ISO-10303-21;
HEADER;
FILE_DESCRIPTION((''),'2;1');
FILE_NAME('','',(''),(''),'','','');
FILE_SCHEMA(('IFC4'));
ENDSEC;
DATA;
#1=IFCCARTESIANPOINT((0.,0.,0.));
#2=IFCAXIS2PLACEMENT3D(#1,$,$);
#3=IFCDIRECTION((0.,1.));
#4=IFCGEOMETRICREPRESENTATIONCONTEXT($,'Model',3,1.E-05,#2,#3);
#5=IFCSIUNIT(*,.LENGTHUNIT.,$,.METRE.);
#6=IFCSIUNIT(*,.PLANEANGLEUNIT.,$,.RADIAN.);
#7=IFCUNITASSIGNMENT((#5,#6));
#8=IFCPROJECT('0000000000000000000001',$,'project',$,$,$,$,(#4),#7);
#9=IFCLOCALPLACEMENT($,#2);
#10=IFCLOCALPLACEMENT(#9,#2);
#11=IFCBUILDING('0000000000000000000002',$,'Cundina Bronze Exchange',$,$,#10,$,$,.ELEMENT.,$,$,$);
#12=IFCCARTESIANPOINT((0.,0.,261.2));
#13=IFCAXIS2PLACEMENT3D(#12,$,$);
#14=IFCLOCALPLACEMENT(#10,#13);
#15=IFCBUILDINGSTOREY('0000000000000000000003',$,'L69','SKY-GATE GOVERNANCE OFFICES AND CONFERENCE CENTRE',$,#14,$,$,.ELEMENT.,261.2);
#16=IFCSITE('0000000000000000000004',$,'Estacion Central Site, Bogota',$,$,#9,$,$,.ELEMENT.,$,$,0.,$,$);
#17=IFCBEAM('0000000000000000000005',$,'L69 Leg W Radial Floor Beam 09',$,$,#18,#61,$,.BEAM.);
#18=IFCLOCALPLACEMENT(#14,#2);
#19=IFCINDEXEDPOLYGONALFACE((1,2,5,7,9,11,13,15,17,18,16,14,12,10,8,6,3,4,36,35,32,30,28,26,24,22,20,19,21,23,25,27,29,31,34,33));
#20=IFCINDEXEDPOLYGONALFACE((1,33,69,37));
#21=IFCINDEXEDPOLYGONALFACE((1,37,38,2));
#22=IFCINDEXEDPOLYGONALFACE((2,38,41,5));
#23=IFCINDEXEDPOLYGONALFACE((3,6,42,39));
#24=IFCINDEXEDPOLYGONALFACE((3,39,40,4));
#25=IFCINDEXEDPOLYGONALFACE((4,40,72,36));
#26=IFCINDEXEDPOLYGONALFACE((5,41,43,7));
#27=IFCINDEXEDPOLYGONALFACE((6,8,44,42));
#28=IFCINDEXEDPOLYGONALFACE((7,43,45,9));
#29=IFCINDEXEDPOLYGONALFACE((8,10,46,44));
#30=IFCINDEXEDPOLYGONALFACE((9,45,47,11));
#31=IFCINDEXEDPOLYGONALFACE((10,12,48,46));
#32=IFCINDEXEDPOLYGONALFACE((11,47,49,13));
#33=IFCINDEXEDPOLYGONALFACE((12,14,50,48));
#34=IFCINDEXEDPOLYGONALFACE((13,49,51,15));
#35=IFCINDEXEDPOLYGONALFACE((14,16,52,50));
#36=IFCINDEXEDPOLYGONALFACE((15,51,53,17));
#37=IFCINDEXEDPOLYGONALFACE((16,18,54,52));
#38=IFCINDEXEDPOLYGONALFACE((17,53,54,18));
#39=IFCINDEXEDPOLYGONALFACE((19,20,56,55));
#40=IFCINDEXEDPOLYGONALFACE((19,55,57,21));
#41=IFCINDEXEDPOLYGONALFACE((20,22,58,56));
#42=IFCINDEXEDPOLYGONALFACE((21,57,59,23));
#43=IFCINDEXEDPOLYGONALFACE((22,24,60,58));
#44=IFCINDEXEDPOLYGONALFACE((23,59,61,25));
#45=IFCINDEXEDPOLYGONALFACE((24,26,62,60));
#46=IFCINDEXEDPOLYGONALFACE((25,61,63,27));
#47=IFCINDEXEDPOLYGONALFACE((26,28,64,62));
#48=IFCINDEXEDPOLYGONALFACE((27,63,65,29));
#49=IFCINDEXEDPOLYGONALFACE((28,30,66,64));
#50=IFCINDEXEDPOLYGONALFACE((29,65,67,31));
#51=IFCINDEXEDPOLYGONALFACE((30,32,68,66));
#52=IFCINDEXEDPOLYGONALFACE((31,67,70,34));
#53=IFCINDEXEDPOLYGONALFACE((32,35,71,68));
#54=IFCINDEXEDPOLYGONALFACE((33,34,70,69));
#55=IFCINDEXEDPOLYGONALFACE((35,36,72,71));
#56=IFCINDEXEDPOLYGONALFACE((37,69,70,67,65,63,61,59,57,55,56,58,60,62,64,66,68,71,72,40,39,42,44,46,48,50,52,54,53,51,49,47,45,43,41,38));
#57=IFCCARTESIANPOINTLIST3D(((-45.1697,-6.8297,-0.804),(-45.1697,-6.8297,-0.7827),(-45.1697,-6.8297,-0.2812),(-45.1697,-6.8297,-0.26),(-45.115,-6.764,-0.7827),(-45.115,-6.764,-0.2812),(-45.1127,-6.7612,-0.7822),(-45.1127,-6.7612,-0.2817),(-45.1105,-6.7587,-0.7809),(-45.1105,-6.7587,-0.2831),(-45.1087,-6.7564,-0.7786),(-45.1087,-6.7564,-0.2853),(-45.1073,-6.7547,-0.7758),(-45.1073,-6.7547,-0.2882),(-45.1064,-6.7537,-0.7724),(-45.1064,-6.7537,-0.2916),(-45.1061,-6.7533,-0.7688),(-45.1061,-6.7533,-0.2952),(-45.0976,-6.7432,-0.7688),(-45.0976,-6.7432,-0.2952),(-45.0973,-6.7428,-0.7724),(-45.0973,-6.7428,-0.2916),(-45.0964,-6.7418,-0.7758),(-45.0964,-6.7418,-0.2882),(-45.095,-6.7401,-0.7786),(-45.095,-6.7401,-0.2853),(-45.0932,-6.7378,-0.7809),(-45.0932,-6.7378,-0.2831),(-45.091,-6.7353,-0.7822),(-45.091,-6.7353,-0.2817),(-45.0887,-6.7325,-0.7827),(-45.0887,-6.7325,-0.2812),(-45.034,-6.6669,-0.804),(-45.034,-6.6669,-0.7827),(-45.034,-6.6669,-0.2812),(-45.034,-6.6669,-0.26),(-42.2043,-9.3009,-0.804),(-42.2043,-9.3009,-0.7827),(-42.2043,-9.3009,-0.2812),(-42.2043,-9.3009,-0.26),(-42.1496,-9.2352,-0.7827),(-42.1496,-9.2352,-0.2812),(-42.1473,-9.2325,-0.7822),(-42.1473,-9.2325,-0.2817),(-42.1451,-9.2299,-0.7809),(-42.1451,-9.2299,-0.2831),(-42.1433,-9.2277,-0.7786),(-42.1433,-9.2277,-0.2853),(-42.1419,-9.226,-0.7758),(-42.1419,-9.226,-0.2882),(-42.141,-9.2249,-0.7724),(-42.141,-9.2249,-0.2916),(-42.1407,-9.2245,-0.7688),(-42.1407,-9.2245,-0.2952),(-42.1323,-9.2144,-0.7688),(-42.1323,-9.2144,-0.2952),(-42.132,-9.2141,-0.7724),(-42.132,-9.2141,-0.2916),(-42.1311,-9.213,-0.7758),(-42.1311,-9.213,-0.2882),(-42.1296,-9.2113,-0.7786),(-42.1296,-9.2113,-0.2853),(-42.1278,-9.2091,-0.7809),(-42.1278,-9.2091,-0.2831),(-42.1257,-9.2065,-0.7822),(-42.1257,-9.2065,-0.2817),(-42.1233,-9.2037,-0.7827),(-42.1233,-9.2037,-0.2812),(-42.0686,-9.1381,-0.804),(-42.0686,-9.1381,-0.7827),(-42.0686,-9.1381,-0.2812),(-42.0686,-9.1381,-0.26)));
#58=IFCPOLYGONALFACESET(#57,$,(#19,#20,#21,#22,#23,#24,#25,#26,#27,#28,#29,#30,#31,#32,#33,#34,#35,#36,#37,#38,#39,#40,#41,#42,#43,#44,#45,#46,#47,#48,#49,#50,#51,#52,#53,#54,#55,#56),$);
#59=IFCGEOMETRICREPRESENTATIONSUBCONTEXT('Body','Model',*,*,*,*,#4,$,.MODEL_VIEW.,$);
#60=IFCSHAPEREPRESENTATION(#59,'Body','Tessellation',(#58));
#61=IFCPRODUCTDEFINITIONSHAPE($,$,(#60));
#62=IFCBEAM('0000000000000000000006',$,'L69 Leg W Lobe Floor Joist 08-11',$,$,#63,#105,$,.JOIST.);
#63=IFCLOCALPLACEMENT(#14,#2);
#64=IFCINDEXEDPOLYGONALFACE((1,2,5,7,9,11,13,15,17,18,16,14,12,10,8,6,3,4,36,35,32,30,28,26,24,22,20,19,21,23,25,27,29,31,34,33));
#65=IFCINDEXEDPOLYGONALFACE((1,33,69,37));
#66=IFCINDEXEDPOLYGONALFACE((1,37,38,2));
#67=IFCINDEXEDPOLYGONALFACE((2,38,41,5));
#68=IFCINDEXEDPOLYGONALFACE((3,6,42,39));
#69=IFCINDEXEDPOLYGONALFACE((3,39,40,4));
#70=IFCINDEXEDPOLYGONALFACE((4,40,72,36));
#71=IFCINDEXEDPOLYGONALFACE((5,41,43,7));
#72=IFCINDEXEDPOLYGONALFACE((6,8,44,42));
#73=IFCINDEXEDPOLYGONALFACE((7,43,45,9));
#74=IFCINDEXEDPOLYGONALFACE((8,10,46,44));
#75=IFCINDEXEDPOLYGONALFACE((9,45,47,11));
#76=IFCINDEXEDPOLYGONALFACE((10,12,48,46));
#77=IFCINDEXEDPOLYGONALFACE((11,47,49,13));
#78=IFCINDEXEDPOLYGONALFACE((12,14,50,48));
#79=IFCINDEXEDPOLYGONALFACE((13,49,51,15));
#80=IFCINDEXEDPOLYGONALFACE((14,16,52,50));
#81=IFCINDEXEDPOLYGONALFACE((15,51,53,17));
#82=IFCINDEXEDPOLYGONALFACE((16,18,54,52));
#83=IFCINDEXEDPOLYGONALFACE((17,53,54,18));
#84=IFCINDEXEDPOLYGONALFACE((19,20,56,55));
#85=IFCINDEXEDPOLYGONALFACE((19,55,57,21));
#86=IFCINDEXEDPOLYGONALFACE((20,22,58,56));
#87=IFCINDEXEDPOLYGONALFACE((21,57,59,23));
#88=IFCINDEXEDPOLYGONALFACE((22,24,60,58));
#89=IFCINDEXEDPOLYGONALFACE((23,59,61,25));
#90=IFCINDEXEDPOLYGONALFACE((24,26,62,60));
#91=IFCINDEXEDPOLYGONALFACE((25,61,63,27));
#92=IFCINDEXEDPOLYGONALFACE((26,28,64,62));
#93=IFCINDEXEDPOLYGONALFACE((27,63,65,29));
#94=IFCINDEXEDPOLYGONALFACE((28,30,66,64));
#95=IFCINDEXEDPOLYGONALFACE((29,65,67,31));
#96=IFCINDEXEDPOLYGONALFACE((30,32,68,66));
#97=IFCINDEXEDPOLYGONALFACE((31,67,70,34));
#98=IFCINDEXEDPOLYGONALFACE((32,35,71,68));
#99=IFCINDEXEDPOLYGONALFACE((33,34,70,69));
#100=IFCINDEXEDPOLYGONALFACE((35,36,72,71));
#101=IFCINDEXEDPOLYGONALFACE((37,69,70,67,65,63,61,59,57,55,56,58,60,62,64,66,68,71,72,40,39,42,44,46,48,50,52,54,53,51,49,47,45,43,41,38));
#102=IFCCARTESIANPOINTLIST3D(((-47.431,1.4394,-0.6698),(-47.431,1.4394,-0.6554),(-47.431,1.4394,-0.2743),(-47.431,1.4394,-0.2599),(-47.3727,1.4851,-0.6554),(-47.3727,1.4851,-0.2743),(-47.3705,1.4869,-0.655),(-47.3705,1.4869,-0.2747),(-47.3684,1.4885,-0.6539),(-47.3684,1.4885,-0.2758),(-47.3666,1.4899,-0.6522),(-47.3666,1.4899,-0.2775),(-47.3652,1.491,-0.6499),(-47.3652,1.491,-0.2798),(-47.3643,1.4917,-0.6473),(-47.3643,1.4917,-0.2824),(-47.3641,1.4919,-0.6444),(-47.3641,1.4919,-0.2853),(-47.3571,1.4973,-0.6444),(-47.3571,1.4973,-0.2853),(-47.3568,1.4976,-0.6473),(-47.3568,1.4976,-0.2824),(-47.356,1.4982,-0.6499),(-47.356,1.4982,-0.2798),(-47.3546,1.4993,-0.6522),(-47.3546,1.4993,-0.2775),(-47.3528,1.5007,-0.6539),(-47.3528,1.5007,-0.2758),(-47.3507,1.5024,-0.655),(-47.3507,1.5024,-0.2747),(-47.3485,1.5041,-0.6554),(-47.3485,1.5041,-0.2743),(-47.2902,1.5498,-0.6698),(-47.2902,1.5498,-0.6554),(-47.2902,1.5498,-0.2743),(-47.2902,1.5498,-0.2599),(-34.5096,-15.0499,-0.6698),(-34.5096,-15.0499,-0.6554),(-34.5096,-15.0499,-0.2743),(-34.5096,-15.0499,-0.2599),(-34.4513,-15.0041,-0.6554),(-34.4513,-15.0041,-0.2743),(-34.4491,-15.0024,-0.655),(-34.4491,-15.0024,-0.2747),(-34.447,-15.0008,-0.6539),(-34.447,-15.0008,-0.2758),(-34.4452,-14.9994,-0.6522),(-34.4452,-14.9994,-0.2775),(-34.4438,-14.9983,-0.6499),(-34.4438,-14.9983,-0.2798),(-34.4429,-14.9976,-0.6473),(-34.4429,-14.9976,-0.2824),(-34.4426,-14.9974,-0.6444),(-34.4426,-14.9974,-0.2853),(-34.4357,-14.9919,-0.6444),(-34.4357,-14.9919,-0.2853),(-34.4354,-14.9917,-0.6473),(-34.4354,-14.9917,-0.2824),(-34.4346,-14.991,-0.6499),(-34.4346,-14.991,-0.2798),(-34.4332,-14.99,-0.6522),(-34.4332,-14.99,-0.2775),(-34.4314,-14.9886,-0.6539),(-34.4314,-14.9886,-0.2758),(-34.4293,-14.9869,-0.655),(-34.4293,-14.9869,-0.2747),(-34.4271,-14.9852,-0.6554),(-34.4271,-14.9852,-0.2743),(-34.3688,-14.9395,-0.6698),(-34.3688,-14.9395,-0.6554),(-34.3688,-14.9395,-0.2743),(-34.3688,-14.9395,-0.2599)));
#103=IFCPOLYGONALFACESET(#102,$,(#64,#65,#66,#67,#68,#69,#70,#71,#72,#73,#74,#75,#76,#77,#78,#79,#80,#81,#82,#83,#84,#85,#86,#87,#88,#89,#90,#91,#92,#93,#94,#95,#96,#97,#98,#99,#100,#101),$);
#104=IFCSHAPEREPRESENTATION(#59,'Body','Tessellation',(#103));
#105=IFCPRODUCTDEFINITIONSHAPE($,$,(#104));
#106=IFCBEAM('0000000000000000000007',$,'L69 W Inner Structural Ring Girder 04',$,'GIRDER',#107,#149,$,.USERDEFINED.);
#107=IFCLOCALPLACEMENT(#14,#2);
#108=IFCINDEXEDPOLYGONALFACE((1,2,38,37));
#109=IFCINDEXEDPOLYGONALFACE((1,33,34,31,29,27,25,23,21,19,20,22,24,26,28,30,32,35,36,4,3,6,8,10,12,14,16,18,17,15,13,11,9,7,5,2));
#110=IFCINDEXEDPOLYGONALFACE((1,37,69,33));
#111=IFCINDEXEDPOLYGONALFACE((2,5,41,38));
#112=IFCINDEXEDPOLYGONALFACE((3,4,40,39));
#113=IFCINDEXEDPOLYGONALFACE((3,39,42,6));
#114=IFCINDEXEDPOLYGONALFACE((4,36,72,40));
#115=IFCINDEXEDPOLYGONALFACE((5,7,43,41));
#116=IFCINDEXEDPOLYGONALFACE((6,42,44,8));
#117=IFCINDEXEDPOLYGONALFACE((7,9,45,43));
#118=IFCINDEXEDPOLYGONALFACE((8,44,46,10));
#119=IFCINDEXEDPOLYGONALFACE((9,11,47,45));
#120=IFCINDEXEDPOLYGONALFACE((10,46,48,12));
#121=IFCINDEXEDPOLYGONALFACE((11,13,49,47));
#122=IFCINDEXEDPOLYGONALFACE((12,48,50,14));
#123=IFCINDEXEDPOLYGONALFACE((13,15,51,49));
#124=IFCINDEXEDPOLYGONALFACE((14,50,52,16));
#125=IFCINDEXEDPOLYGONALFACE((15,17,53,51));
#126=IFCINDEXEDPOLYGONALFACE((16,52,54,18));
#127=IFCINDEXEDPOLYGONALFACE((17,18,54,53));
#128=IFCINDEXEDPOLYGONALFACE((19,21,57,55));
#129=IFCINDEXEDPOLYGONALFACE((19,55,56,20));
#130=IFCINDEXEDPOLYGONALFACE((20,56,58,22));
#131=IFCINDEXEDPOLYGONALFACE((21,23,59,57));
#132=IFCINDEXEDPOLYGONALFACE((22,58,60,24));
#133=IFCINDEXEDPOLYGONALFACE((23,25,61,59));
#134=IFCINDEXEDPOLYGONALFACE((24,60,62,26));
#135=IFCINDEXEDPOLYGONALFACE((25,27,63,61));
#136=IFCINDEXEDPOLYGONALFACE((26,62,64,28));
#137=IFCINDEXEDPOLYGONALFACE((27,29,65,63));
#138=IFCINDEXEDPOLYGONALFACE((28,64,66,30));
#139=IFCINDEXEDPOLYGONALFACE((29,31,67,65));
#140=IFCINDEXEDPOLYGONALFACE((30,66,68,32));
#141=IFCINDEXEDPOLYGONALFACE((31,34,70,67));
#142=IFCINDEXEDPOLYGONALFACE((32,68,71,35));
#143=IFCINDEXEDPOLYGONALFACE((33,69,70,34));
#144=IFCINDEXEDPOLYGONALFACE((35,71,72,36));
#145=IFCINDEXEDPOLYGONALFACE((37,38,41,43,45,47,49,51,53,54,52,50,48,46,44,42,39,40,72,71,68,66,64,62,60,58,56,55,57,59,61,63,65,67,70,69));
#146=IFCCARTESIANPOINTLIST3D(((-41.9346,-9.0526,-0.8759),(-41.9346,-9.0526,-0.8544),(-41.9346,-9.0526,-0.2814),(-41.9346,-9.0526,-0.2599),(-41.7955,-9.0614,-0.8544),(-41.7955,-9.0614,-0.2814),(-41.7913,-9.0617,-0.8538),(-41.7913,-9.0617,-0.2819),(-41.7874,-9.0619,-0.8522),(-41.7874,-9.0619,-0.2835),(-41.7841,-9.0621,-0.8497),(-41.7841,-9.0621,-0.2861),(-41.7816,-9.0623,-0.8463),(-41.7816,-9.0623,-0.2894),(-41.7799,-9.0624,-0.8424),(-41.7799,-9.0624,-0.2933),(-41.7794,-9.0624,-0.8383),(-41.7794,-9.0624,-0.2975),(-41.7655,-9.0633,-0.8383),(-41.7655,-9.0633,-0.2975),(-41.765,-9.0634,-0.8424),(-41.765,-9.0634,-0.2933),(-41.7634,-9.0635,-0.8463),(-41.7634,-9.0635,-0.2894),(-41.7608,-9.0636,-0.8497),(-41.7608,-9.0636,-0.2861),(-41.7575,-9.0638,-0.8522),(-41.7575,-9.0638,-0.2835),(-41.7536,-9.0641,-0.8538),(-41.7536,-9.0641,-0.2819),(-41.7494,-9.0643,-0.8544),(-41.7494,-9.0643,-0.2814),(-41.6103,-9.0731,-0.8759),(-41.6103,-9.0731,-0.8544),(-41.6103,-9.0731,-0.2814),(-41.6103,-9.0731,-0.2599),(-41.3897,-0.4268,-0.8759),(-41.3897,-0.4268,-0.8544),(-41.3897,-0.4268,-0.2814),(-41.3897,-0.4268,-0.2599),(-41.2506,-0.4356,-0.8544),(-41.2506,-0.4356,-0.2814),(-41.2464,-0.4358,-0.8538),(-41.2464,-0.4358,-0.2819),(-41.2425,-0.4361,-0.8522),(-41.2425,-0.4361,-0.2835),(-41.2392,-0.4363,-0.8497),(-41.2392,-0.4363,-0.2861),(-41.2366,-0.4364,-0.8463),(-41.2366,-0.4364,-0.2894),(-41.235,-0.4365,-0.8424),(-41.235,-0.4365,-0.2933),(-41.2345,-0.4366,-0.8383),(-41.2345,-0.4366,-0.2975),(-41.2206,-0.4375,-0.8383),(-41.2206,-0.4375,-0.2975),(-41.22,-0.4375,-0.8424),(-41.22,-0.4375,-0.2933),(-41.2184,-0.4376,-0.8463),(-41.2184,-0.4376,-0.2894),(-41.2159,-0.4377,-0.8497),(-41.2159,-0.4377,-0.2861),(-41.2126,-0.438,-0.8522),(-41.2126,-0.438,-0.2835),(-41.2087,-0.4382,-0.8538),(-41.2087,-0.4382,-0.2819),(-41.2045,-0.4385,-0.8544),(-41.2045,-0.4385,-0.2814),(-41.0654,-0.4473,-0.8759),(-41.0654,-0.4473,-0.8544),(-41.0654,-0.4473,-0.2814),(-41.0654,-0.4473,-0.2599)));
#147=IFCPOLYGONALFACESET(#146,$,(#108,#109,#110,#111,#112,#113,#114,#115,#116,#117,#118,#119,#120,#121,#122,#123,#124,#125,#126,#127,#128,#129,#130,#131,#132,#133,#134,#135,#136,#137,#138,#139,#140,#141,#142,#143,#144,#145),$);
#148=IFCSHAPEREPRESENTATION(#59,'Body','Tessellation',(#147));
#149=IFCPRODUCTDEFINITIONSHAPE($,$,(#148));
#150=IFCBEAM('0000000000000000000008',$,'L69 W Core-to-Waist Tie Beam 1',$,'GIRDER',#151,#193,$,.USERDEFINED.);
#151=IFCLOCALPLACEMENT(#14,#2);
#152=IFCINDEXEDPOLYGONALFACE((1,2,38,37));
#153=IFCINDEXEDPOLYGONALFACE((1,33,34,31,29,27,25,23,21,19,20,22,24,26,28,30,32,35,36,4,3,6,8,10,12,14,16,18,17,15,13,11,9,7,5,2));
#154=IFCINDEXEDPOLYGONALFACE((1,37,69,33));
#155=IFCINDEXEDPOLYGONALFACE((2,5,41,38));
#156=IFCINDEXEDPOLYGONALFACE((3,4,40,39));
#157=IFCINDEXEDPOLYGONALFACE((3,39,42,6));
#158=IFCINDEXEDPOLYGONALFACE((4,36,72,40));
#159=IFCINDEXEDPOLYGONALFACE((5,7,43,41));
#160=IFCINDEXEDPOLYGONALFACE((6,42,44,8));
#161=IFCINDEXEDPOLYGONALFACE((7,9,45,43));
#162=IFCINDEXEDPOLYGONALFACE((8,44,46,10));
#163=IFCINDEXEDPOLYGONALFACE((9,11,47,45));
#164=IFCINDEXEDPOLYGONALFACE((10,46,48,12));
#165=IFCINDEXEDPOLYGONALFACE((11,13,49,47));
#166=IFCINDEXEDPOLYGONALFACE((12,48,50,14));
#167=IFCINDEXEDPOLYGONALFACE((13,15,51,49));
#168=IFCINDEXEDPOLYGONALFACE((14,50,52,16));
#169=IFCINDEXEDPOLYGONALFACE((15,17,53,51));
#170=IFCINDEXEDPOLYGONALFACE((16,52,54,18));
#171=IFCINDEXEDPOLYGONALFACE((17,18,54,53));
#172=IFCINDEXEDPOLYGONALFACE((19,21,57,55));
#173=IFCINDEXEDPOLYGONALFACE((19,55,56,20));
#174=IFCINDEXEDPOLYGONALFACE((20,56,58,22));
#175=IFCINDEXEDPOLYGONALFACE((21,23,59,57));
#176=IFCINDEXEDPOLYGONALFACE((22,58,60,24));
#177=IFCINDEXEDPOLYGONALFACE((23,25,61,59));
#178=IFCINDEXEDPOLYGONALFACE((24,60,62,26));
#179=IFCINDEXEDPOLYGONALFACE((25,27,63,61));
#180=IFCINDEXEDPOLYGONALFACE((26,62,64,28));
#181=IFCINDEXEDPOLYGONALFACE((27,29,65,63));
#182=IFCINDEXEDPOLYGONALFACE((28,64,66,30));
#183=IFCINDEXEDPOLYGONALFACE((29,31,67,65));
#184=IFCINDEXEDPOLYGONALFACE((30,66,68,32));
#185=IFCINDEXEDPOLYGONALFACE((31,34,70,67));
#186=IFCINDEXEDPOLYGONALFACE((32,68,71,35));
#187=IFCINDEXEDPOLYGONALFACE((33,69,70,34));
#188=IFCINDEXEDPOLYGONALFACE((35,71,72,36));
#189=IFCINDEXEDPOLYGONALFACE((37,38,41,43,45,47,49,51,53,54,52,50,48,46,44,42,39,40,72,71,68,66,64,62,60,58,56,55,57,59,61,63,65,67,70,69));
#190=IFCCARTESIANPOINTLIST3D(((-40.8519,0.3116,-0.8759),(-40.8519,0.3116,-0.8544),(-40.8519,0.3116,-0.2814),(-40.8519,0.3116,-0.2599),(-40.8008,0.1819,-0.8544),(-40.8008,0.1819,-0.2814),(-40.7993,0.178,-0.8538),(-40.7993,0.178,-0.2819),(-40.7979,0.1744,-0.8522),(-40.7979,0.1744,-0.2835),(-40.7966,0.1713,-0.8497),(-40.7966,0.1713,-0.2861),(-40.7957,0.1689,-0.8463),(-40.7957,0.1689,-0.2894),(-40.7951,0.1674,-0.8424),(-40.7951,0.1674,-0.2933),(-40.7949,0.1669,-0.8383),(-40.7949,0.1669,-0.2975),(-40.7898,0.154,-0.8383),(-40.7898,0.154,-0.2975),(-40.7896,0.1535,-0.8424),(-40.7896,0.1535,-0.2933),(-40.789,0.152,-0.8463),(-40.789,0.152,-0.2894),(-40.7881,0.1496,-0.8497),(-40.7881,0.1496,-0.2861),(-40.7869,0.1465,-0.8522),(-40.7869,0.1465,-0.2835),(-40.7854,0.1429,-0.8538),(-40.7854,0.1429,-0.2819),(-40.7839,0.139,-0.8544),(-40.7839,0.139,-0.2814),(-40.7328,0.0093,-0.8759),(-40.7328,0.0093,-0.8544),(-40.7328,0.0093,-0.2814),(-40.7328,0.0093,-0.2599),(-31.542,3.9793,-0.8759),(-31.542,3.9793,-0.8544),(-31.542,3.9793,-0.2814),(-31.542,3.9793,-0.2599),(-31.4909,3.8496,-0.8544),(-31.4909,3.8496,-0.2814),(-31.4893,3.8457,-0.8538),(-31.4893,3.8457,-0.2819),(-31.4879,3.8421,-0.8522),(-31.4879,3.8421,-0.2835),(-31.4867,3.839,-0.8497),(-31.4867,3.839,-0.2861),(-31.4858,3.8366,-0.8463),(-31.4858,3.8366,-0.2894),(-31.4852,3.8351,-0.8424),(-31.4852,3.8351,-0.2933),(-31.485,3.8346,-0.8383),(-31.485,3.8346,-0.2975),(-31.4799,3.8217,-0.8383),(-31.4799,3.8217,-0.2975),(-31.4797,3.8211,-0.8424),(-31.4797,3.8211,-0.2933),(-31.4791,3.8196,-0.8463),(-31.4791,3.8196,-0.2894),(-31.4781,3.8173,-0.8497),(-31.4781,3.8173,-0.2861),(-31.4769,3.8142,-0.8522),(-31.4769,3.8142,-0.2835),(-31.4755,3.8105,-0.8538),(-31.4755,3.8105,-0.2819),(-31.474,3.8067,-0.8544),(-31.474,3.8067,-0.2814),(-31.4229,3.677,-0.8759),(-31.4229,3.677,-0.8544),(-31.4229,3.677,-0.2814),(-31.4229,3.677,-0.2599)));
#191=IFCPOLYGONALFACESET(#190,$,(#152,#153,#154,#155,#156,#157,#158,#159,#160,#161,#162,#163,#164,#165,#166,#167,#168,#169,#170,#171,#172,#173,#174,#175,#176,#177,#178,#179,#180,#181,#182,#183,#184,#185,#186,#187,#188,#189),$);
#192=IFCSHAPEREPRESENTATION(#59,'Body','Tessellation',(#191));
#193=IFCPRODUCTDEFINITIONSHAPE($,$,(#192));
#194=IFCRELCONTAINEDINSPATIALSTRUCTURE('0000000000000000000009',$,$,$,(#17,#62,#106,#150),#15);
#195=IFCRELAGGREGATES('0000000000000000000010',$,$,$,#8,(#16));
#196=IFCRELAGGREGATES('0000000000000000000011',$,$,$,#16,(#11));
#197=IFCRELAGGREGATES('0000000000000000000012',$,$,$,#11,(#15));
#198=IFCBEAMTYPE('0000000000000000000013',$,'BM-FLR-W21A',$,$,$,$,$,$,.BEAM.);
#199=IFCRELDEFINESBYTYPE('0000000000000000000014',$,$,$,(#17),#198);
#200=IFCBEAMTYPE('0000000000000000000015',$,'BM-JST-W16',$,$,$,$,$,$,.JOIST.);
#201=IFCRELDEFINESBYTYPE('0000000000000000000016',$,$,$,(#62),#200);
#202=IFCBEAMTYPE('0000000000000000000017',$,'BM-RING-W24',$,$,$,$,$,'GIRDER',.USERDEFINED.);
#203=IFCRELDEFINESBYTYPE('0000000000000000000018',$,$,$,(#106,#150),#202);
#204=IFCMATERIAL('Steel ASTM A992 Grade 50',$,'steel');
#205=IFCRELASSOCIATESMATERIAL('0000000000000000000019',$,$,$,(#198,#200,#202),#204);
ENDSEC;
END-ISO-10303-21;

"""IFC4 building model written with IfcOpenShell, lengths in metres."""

from ifc_helpers import new_model, si_unit, direction, frame, origin, origin_2d, place, context, subcontext, project, spatial, i_section, extrude, material, material_profile, profile_set, type_object, element, save


model = new_model("IFC4")

# Units and contexts
model_context = context("Model", 3, precision=1e-05, world=origin(), true_north=direction((0.0, 1.0)))
body_context = subcontext(model_context, "Body", "Model", "MODEL_VIEW")
ifc_project = project(units=[si_unit("LENGTHUNIT", "METRE"), si_unit("PLANEANGLEUNIT", "RADIAN")], contexts=[model_context])

# Site, building, storey
site_placement = place(None, origin())
site = spatial("IfcSite", under=ifc_project, at=site_placement, Name="Estacion Central Site, Bogota", CompositionType="ELEMENT", RefElevation=0.0)
building_placement = place(site_placement, origin())
building = spatial("IfcBuilding", under=site, at=building_placement, Name="Cundina Bronze Exchange", CompositionType="ELEMENT")
storey_placement = place(building_placement, frame((0.0, 0.0, 261.2)))
storey = spatial("IfcBuildingStorey", under=building, at=storey_placement, Name="L69", Description="SKY-GATE GOVERNANCE OFFICES AND CONFERENCE CENTRE", CompositionType="ELEMENT", Elevation=261.2)

# Shared definitions
ifc_material_1 = material(Name="Steel ASTM A992 Grade 50", Category="steel")

# Beams
ifc_material_profile_1 = material_profile(ifc_material_1, i_section(OverallWidth=0.2119, OverallDepth=0.5439, WebThickness=0.0132, FlangeThickness=0.0212, FilletRadius=0.0139, at=origin_2d()), Name="W21X83", Category="steel")
ifc_profile_set_1 = profile_set([ifc_material_profile_1], Name="Steel ASTM A992 Grade 50")
beam_type_1 = type_object("IfcBeamType", Name="BM-FLR-W21A", PredefinedType="BEAM", material=ifc_profile_set_1)
beam_1_placement = place(storey_placement, frame((-42.1365, -9.2195, -0.532), z_axis=(-0.768211, 0.640197, 0.0), x_axis=(-0.640197, -0.768211, 0.0)))
element("IfcBeam", 1, at=beam_1_placement, inside=storey, type_object=beam_type_1, Name="L69 Leg W Radial Floor Beam 09", PredefinedType="BEAM", context=body_context, shape_type="SweptSolid", body=[
    extrude(i_section(OverallWidth=0.2119, OverallDepth=0.5439, WebThickness=0.0132, FlangeThickness=0.0212, FilletRadius=0.0139, at=origin_2d()), origin(), (0.0, 0.0, 1.0), 3.8601),
])
ifc_material_profile_2 = material_profile(ifc_material_1, i_section(OverallWidth=0.179, OverallDepth=0.4099, WebThickness=0.0088, FlangeThickness=0.0144, FilletRadius=0.011, at=origin_2d()), Name="W16X45", Category="steel")
ifc_profile_set_2 = profile_set([ifc_material_profile_2], Name="Steel ASTM A992 Grade 50")
beam_type_2 = type_object("IfcBeamType", Name="BM-JST-W16", PredefinedType="JOIST", material=ifc_profile_set_2)
beam_2_placement = place(storey_placement, frame((-47.3606, 1.4946, -0.4648), z_axis=(0.616804, -0.787117, 0.0), x_axis=(0.787117, 0.616804, 0.0)))
element("IfcBeam", 2, at=beam_2_placement, inside=storey, type_object=beam_type_2, Name="L69 Leg W Lobe Floor Joist 08-11", PredefinedType="JOIST", context=body_context, shape_type="SweptSolid", body=[
    extrude(i_section(OverallWidth=0.179, OverallDepth=0.4099, WebThickness=0.0088, FlangeThickness=0.0144, FilletRadius=0.011, at=origin_2d()), origin(), (0.0, 0.0, 1.0), 20.949),
])
ifc_material_profile_3 = material_profile(ifc_material_1, i_section(OverallWidth=0.325, OverallDepth=0.616, WebThickness=0.0139, FlangeThickness=0.0215, FilletRadius=0.0161, at=origin_2d()), Name="W24X117", Category="steel")
ifc_profile_set_3 = profile_set([ifc_material_profile_3], Name="Steel ASTM A992 Grade 50")
beam_type_3 = type_object("IfcBeamType", Name="BM-RING-W24", ElementType="GIRDER", PredefinedType="USERDEFINED", material=ifc_profile_set_3)
beam_3_placement = place(storey_placement, frame((-41.2275, -0.437, -0.5679), z_axis=(-0.063047, -0.998011, 0.0), x_axis=(0.998011, -0.063047, 0.0)))
element("IfcBeam", 3, at=beam_3_placement, inside=storey, type_object=beam_type_3, Name="L69 W Inner Structural Ring Girder 04", ObjectType="GIRDER", PredefinedType="USERDEFINED", context=body_context, shape_type="SweptSolid", body=[
    extrude(i_section(OverallWidth=0.325, OverallDepth=0.616, WebThickness=0.0139, FlangeThickness=0.0215, FilletRadius=0.0161, at=origin_2d()), origin(), (0.0, 0.0, 1.0), 8.6431),
])
beam_4_placement = place(storey_placement, frame((-31.4824, 3.8281, -0.5679), z_axis=(-0.930404, -0.366535, 0.0), x_axis=(0.366535, -0.930404, 0.0)))
element("IfcBeam", 4, at=beam_4_placement, inside=storey, type_object=beam_type_3, Name="L69 W Core-to-Waist Tie Beam 1", ObjectType="GIRDER", PredefinedType="USERDEFINED", context=body_context, shape_type="SweptSolid", body=[
    extrude(i_section(OverallWidth=0.325, OverallDepth=0.616, WebThickness=0.0139, FlangeThickness=0.0215, FilletRadius=0.0161, at=origin_2d()), origin(), (0.0, 0.0, 1.0), 10.0063),
])

save(model, "model.ifc")
